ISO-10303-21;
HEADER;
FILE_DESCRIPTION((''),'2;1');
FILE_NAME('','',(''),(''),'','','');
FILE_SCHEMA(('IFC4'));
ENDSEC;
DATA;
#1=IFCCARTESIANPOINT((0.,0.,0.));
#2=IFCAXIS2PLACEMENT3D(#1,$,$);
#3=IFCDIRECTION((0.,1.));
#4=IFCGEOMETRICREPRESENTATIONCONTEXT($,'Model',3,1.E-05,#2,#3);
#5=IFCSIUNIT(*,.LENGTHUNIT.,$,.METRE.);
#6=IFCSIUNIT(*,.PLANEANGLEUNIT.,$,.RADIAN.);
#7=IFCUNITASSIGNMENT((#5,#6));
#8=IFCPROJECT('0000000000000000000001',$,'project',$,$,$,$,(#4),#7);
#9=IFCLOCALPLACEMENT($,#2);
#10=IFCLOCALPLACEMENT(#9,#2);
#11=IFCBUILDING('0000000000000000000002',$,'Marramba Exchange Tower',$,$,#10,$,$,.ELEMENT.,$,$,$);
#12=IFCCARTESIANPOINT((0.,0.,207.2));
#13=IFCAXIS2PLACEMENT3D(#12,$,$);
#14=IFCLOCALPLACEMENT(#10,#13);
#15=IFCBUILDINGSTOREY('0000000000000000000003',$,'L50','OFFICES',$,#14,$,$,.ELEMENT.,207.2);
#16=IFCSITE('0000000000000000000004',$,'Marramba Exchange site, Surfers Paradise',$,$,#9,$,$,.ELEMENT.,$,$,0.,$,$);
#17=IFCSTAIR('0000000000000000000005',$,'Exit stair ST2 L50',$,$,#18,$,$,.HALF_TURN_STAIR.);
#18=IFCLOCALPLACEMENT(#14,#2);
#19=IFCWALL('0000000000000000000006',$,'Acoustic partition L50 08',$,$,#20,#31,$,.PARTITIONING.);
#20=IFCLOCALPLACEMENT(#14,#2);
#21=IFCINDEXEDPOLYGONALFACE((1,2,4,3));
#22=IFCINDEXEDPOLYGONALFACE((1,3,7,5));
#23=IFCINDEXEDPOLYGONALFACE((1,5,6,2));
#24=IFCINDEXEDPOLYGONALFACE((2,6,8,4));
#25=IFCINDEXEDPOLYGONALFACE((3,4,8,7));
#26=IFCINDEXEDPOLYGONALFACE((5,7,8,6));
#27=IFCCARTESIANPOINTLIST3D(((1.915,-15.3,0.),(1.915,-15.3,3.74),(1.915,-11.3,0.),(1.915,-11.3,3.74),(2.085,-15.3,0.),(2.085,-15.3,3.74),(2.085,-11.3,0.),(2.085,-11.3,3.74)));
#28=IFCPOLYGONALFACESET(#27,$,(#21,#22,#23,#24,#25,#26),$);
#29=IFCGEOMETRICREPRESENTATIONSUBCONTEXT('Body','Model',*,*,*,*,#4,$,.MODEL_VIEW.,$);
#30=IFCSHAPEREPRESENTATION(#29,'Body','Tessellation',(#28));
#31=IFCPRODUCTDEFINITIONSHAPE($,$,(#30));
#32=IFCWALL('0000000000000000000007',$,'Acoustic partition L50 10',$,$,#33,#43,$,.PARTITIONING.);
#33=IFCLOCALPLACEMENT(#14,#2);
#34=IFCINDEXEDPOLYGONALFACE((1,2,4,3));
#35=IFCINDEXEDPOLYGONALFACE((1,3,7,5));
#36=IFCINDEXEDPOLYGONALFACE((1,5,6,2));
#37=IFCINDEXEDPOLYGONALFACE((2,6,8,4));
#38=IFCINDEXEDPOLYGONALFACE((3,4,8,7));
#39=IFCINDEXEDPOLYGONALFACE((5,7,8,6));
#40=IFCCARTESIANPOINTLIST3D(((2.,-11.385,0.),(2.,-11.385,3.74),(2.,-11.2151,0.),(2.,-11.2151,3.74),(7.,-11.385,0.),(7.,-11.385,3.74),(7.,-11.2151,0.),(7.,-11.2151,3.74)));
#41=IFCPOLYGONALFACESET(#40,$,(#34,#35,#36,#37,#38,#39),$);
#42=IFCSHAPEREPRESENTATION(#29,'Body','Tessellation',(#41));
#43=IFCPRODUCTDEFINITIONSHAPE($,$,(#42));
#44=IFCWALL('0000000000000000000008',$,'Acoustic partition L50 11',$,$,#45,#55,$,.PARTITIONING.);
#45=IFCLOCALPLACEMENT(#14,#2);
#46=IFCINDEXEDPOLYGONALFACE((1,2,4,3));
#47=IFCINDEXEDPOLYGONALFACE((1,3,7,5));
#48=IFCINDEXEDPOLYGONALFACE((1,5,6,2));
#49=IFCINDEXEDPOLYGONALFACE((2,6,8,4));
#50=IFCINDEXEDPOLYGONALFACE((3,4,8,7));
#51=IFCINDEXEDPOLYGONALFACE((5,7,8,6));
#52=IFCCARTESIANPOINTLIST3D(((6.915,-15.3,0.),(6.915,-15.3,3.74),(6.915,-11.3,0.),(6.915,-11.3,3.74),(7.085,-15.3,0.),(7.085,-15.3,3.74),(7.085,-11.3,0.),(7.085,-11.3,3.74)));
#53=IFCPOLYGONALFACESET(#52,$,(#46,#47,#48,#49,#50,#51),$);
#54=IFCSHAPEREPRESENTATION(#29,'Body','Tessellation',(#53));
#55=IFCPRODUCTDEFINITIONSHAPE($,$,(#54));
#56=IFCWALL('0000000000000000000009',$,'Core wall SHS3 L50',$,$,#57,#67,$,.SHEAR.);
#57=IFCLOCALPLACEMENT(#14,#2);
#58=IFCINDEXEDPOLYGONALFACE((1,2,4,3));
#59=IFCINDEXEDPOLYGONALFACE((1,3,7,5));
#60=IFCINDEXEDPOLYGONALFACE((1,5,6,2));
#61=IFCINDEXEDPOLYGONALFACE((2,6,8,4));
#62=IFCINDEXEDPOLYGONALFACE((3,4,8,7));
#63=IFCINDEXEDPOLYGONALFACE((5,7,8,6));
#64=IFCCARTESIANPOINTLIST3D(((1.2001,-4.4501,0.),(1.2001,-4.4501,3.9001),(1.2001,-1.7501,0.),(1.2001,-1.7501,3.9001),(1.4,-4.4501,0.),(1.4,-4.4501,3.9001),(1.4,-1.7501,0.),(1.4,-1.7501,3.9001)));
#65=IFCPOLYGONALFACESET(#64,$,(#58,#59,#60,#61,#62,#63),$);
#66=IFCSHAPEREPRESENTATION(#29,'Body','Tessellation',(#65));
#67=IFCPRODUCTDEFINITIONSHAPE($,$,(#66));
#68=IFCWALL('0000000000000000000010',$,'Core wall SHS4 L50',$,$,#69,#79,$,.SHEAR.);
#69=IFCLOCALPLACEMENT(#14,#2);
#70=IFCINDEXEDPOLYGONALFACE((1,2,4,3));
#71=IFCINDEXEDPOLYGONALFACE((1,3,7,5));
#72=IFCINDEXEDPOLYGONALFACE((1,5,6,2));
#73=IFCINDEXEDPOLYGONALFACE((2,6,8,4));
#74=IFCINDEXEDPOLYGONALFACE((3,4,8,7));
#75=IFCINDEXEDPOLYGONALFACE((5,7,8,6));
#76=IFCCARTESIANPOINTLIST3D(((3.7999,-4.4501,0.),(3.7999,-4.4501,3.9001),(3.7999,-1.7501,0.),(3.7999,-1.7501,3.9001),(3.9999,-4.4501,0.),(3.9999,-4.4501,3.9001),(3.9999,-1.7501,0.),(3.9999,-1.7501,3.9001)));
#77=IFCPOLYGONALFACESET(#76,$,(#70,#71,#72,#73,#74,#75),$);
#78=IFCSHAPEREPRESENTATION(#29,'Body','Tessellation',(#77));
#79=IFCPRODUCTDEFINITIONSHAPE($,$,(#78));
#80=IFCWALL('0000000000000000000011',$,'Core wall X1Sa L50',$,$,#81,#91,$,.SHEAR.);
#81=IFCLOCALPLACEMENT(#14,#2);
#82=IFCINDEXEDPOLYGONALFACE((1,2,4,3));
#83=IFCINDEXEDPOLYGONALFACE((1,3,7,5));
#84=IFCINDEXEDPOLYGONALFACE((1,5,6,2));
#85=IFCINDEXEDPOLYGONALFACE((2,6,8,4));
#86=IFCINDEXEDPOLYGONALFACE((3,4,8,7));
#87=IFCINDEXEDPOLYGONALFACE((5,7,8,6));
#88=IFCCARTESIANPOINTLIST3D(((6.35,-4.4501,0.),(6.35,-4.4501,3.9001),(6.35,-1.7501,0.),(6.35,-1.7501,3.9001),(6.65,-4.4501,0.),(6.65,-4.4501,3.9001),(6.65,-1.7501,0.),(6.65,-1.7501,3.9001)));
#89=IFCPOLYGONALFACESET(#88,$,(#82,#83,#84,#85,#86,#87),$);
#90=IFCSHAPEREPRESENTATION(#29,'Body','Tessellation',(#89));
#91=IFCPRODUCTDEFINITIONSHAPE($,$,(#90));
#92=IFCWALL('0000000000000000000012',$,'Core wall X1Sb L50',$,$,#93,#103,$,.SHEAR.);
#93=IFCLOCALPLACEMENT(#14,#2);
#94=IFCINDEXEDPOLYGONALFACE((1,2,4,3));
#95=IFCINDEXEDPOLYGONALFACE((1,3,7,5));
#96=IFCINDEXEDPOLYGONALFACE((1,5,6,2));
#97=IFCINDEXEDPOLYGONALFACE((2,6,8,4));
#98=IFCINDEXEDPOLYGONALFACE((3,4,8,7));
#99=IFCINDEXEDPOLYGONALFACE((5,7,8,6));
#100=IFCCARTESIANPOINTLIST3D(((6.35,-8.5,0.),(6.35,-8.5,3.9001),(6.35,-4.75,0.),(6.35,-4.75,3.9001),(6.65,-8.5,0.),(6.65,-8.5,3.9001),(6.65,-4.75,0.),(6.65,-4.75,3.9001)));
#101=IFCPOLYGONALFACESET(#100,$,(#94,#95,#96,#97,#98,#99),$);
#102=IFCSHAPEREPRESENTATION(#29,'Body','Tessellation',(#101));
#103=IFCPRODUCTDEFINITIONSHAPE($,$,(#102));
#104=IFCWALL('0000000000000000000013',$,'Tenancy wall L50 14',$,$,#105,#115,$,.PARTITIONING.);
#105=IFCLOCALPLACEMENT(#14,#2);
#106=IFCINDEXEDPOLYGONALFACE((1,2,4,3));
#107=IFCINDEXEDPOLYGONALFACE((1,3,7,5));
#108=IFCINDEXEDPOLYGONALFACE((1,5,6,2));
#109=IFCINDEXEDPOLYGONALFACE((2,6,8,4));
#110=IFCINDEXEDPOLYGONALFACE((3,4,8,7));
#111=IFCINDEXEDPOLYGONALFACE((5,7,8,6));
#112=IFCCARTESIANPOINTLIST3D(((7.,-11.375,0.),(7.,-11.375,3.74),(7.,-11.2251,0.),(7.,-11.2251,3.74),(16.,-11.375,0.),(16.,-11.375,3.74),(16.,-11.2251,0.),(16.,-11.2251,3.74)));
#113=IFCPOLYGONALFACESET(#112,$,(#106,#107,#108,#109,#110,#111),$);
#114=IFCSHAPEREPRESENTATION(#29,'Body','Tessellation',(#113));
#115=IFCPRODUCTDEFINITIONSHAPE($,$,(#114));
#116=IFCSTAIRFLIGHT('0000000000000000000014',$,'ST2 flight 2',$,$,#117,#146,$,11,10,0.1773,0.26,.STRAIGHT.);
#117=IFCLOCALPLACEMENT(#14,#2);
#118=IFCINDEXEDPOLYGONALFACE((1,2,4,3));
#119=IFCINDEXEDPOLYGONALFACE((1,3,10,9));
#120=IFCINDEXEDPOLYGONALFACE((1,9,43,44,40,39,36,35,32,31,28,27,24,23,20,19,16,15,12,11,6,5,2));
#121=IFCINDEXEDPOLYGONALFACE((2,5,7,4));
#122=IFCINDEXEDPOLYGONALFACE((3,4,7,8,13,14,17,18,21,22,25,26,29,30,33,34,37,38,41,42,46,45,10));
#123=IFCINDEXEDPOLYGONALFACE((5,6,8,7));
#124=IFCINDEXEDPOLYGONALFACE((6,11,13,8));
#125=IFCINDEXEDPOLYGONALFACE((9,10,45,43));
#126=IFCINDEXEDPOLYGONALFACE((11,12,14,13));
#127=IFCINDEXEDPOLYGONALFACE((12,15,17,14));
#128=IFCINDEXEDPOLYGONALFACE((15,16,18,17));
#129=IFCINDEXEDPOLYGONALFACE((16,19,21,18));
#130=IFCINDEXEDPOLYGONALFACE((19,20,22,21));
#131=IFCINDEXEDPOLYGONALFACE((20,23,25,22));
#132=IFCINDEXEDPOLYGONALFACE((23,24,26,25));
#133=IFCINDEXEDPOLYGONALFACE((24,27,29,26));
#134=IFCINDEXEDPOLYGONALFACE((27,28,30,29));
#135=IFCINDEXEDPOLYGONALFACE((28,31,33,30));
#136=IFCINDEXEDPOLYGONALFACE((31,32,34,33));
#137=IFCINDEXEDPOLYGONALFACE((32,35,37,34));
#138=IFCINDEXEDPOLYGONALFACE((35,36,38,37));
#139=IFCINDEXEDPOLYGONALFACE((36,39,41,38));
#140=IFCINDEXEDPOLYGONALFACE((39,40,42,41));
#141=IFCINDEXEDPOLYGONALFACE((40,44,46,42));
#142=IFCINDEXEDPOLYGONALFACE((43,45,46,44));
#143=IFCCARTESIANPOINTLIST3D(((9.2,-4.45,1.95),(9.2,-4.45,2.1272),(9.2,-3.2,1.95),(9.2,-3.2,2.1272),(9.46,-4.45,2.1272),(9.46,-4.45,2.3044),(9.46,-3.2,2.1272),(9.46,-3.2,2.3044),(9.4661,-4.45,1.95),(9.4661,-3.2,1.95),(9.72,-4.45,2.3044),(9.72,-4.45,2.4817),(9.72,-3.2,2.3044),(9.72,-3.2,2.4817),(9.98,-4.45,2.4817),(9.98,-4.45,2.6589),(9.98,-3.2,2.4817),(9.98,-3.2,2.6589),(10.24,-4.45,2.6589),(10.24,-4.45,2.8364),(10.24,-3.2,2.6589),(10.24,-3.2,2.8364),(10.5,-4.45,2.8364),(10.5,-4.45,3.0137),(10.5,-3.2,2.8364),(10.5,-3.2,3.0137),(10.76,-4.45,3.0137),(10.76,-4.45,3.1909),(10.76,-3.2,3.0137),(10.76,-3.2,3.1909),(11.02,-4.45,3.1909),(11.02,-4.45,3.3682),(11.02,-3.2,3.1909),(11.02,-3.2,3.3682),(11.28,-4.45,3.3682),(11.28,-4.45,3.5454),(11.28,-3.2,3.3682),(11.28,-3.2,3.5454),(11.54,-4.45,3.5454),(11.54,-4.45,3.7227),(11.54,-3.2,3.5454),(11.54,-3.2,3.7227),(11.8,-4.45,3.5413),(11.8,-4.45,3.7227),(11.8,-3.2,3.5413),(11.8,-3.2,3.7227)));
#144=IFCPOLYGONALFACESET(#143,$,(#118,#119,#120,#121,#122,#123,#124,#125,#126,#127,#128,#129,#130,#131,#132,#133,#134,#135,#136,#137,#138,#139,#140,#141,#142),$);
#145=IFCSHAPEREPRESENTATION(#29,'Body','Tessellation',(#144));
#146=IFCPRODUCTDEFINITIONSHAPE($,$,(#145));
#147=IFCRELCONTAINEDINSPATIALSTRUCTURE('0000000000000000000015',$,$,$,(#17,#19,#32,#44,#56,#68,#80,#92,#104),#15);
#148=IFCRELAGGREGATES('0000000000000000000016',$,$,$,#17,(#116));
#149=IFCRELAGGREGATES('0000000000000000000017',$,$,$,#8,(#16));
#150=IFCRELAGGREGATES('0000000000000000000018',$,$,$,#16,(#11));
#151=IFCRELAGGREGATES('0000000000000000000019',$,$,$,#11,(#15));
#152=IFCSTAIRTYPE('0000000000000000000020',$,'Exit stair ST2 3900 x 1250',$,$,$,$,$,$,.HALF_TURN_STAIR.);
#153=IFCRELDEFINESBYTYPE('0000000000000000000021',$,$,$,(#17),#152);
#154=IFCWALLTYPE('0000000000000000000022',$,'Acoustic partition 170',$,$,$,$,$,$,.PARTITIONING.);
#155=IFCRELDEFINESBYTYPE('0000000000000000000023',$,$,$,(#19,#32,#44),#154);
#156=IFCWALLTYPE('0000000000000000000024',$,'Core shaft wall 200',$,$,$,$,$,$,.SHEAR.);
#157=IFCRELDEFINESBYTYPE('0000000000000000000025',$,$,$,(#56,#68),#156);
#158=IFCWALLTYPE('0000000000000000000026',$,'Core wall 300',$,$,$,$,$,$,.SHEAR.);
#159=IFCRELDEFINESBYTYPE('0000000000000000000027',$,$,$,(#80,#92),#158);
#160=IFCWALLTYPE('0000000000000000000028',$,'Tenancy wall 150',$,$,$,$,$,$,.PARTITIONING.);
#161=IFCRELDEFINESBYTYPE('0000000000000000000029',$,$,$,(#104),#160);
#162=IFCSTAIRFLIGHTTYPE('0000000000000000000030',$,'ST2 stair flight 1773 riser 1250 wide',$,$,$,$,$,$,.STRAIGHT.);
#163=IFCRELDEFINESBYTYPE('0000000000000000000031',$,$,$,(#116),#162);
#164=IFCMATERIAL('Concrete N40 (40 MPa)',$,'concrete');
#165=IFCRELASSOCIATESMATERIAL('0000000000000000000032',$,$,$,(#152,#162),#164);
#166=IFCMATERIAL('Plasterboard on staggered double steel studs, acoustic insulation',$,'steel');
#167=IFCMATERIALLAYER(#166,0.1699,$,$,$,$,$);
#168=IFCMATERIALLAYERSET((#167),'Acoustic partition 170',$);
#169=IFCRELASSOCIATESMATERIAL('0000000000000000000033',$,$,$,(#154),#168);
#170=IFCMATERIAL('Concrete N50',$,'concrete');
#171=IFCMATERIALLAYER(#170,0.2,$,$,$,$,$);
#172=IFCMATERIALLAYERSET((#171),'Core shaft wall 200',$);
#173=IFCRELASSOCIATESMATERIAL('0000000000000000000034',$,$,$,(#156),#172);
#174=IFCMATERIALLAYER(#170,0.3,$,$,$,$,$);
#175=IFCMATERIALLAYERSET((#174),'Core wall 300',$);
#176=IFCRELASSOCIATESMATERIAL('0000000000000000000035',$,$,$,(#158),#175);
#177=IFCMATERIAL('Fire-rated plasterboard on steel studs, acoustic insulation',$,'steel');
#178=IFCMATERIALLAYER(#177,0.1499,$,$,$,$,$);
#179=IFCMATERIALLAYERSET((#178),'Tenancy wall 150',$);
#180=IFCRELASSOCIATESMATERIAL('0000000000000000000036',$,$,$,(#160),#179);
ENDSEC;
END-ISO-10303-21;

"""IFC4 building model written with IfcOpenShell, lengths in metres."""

from ifc_helpers import new_model, si_unit, direction, frame, frame_2d, origin, place, context, subcontext, project, spatial, polyline, rectangle, outline, extrude, material, layer, layer_set, type_object, element, aggregate, save


model = new_model("IFC4")

# Units and contexts
model_context = context("Model", 3, precision=1e-05, world=origin(), true_north=direction((0.0, 1.0)))
body_context = subcontext(model_context, "Body", "Model", "MODEL_VIEW")
ifc_project = project(units=[si_unit("LENGTHUNIT", "METRE"), si_unit("PLANEANGLEUNIT", "RADIAN")], contexts=[model_context])

# Site, building, storey
site_placement = place(None, origin())
site = spatial("IfcSite", under=ifc_project, at=site_placement, Name="Marramba Exchange site, Surfers Paradise", CompositionType="ELEMENT", RefElevation=0.0)
building_placement = place(site_placement, origin())
building = spatial("IfcBuilding", under=site, at=building_placement, Name="Marramba Exchange Tower", CompositionType="ELEMENT")
storey_placement = place(building_placement, frame((0.0, 0.0, 207.2)))
storey = spatial("IfcBuildingStorey", under=building, at=storey_placement, Name="L50", Description="OFFICES", CompositionType="ELEMENT", Elevation=207.2)

# Stair
ifc_material_1 = material(Name="Concrete N40 (40 MPa)", Category="concrete")
stair_type_1 = type_object("IfcStairType", Name="Exit stair ST2 3900 x 1250", PredefinedType="HALF_TURN_STAIR", material=ifc_material_1)
stair_1_placement = place(storey_placement, origin())
stair_1 = element("IfcStair", 1, at=stair_1_placement, inside=storey, type_object=stair_type_1, Name="Exit stair ST2 L50", PredefinedType="HALF_TURN_STAIR")

# Walls
ifc_material_2 = material(Name="Plasterboard on staggered double steel studs, acoustic insulation", Category="steel")
ifc_layer_1 = layer(ifc_material_2, 0.1699)
ifc_layer_set_1 = layer_set([ifc_layer_1], Name="Acoustic partition 170")
wall_type_1 = type_object("IfcWallType", Name="Acoustic partition 170", PredefinedType="PARTITIONING", material=ifc_layer_set_1)
wall_1_placement = place(storey_placement, frame((2.0, -11.3, 0.0), z_axis=(0.0, 0.0, 1.0), x_axis=(0.0, -1.0, 0.0)))
element("IfcWall", 2, at=wall_1_placement, inside=storey, type_object=wall_type_1, Name="Acoustic partition L50 08", PredefinedType="PARTITIONING", context=body_context, shape_type="SweptSolid", body=[
    extrude(rectangle(XDim=4.0, YDim=0.1699, at=frame_2d((2.0, 0.0))), origin(), (0.0, 0.0, 1.0), 3.74),
])
wall_2_placement = place(storey_placement, frame((7.0, -11.3, 0.0), z_axis=(0.0, 0.0, 1.0), x_axis=(-1.0, 0.0, 0.0)))
element("IfcWall", 3, at=wall_2_placement, inside=storey, type_object=wall_type_1, Name="Acoustic partition L50 10", PredefinedType="PARTITIONING", context=body_context, shape_type="SweptSolid", body=[
    extrude(rectangle(XDim=5.0, YDim=0.1699, at=frame_2d((2.5, 0.0))), origin(), (0.0, 0.0, 1.0), 3.74),
])
wall_3_placement = place(storey_placement, frame((7.0, -11.3, 0.0), z_axis=(0.0, 0.0, 1.0), x_axis=(0.0, -1.0, 0.0)))
element("IfcWall", 4, at=wall_3_placement, inside=storey, type_object=wall_type_1, Name="Acoustic partition L50 11", PredefinedType="PARTITIONING", context=body_context, shape_type="SweptSolid", body=[
    extrude(rectangle(XDim=4.0, YDim=0.1699, at=frame_2d((2.0, 0.0))), origin(), (0.0, 0.0, 1.0), 3.74),
])
ifc_material_3 = material(Name="Concrete N50", Category="concrete")
ifc_layer_2 = layer(ifc_material_3, 0.2)
ifc_layer_set_2 = layer_set([ifc_layer_2], Name="Core shaft wall 200")
wall_type_2 = type_object("IfcWallType", Name="Core shaft wall 200", PredefinedType="SHEAR", material=ifc_layer_set_2)
for number, where, z_axis, x_axis, name in (
    (5, (1.3, -1.75, 0.0), (0.0, 0.0, 1.0), (0.0, -1.0, 0.0), "Core wall SHS3 L50"),
    (6, (3.8999, -1.75, 0.0), (0.0, 0.0, 1.0), (0.0, -1.0, 0.0), "Core wall SHS4 L50"),
):
    element("IfcWall", number, at=place(storey_placement, frame(where, z_axis=z_axis, x_axis=x_axis)), inside=storey, type_object=wall_type_2, Name=name, PredefinedType="SHEAR", context=body_context, shape_type="SweptSolid", body=[
        extrude(rectangle(XDim=2.7, YDim=0.2, at=frame_2d((1.3501, 0.0))), origin(), (0.0, 0.0, 1.0), 3.9001),
    ])
ifc_layer_3 = layer(ifc_material_3, 0.3)
ifc_layer_set_3 = layer_set([ifc_layer_3], Name="Core wall 300")
wall_type_3 = type_object("IfcWallType", Name="Core wall 300", PredefinedType="SHEAR", material=ifc_layer_set_3)
wall_4_placement = place(storey_placement, frame((6.5, -1.75, 0.0), z_axis=(0.0, 0.0, 1.0), x_axis=(0.0, -1.0, 0.0)))
element("IfcWall", 7, at=wall_4_placement, inside=storey, type_object=wall_type_3, Name="Core wall X1Sa L50", PredefinedType="SHEAR", context=body_context, shape_type="SweptSolid", body=[
    extrude(rectangle(XDim=2.7, YDim=0.3, at=frame_2d((1.3501, 0.0))), origin(), (0.0, 0.0, 1.0), 3.9001),
])
wall_5_placement = place(storey_placement, frame((6.5, -4.75, 0.0), z_axis=(0.0, 0.0, 1.0), x_axis=(0.0, -1.0, 0.0)))
element("IfcWall", 8, at=wall_5_placement, inside=storey, type_object=wall_type_3, Name="Core wall X1Sb L50", PredefinedType="SHEAR", context=body_context, shape_type="SweptSolid", body=[
    extrude(rectangle(XDim=3.75, YDim=0.3, at=frame_2d((1.875, 0.0))), origin(), (0.0, 0.0, 1.0), 3.9001),
])

# Wall
ifc_material_4 = material(Name="Fire-rated plasterboard on steel studs, acoustic insulation", Category="steel")
ifc_layer_4 = layer(ifc_material_4, 0.1499)
ifc_layer_set_4 = layer_set([ifc_layer_4], Name="Tenancy wall 150")
wall_type_4 = type_object("IfcWallType", Name="Tenancy wall 150", PredefinedType="PARTITIONING", material=ifc_layer_set_4)
wall_6_placement = place(storey_placement, frame((7.0, -11.3, 0.0), z_axis=(0.0, 0.0, 1.0), x_axis=(1.0, 0.0, 0.0)))
element("IfcWall", 9, at=wall_6_placement, inside=storey, type_object=wall_type_4, Name="Tenancy wall L50 14", PredefinedType="PARTITIONING", context=body_context, shape_type="SweptSolid", body=[
    extrude(rectangle(XDim=9.0, YDim=0.1499, at=frame_2d((4.5, 0.0))), origin(), (0.0, 0.0, 1.0), 3.74),
])

# Stair flight
stair_flight_type = type_object("IfcStairFlightType", Name="ST2 stair flight 1773 riser 1250 wide", PredefinedType="STRAIGHT", material=ifc_material_1)
stair_flight_placement = place(storey_placement, frame((9.2, -3.825, 1.95), z_axis=(0.0, 0.0, 1.0), x_axis=(1.0, 0.0, 0.0)))
stair_flight = element("IfcStairFlight", 10, at=stair_flight_placement, type_object=stair_flight_type, Name="ST2 flight 2", NumberOfRisers=11, NumberOfTreads=10, PredefinedType="STRAIGHT", RiserHeight=0.1773, TreadLength=0.26, context=body_context, shape_type="SweptSolid", body=[
    extrude(outline(polyline([(0.0, 0.0), (0.0, 0.1772), (0.26, 0.1772), (0.26, 0.3545), (0.52, 0.3545), (0.52, 0.5317), (0.78, 0.5317), (0.78, 0.709), (1.04, 0.709), (1.04, 0.8865), (1.3, 0.8865), (1.3, 1.0637), (1.5601, 1.0637), (1.5601, 1.241), (1.8201, 1.241), (1.8201, 1.4182), (2.0801, 1.4182), (2.0801, 1.5955), (2.3401, 1.5955), (2.3401, 1.7727), (2.6001, 1.7727), (2.6001, 1.95), (2.6001, 1.5913), (0.2661, 0.0), (0.0, 0.0)])), frame((0.0, 0.625, 0.0), z_axis=(0.0, -1.0, 0.0), x_axis=(1.0, 0.0, 0.0)), (0.0, 0.0, 1.0), 1.25),
])
aggregate(stair_1, [stair_flight])

save(model, "model.ifc")
